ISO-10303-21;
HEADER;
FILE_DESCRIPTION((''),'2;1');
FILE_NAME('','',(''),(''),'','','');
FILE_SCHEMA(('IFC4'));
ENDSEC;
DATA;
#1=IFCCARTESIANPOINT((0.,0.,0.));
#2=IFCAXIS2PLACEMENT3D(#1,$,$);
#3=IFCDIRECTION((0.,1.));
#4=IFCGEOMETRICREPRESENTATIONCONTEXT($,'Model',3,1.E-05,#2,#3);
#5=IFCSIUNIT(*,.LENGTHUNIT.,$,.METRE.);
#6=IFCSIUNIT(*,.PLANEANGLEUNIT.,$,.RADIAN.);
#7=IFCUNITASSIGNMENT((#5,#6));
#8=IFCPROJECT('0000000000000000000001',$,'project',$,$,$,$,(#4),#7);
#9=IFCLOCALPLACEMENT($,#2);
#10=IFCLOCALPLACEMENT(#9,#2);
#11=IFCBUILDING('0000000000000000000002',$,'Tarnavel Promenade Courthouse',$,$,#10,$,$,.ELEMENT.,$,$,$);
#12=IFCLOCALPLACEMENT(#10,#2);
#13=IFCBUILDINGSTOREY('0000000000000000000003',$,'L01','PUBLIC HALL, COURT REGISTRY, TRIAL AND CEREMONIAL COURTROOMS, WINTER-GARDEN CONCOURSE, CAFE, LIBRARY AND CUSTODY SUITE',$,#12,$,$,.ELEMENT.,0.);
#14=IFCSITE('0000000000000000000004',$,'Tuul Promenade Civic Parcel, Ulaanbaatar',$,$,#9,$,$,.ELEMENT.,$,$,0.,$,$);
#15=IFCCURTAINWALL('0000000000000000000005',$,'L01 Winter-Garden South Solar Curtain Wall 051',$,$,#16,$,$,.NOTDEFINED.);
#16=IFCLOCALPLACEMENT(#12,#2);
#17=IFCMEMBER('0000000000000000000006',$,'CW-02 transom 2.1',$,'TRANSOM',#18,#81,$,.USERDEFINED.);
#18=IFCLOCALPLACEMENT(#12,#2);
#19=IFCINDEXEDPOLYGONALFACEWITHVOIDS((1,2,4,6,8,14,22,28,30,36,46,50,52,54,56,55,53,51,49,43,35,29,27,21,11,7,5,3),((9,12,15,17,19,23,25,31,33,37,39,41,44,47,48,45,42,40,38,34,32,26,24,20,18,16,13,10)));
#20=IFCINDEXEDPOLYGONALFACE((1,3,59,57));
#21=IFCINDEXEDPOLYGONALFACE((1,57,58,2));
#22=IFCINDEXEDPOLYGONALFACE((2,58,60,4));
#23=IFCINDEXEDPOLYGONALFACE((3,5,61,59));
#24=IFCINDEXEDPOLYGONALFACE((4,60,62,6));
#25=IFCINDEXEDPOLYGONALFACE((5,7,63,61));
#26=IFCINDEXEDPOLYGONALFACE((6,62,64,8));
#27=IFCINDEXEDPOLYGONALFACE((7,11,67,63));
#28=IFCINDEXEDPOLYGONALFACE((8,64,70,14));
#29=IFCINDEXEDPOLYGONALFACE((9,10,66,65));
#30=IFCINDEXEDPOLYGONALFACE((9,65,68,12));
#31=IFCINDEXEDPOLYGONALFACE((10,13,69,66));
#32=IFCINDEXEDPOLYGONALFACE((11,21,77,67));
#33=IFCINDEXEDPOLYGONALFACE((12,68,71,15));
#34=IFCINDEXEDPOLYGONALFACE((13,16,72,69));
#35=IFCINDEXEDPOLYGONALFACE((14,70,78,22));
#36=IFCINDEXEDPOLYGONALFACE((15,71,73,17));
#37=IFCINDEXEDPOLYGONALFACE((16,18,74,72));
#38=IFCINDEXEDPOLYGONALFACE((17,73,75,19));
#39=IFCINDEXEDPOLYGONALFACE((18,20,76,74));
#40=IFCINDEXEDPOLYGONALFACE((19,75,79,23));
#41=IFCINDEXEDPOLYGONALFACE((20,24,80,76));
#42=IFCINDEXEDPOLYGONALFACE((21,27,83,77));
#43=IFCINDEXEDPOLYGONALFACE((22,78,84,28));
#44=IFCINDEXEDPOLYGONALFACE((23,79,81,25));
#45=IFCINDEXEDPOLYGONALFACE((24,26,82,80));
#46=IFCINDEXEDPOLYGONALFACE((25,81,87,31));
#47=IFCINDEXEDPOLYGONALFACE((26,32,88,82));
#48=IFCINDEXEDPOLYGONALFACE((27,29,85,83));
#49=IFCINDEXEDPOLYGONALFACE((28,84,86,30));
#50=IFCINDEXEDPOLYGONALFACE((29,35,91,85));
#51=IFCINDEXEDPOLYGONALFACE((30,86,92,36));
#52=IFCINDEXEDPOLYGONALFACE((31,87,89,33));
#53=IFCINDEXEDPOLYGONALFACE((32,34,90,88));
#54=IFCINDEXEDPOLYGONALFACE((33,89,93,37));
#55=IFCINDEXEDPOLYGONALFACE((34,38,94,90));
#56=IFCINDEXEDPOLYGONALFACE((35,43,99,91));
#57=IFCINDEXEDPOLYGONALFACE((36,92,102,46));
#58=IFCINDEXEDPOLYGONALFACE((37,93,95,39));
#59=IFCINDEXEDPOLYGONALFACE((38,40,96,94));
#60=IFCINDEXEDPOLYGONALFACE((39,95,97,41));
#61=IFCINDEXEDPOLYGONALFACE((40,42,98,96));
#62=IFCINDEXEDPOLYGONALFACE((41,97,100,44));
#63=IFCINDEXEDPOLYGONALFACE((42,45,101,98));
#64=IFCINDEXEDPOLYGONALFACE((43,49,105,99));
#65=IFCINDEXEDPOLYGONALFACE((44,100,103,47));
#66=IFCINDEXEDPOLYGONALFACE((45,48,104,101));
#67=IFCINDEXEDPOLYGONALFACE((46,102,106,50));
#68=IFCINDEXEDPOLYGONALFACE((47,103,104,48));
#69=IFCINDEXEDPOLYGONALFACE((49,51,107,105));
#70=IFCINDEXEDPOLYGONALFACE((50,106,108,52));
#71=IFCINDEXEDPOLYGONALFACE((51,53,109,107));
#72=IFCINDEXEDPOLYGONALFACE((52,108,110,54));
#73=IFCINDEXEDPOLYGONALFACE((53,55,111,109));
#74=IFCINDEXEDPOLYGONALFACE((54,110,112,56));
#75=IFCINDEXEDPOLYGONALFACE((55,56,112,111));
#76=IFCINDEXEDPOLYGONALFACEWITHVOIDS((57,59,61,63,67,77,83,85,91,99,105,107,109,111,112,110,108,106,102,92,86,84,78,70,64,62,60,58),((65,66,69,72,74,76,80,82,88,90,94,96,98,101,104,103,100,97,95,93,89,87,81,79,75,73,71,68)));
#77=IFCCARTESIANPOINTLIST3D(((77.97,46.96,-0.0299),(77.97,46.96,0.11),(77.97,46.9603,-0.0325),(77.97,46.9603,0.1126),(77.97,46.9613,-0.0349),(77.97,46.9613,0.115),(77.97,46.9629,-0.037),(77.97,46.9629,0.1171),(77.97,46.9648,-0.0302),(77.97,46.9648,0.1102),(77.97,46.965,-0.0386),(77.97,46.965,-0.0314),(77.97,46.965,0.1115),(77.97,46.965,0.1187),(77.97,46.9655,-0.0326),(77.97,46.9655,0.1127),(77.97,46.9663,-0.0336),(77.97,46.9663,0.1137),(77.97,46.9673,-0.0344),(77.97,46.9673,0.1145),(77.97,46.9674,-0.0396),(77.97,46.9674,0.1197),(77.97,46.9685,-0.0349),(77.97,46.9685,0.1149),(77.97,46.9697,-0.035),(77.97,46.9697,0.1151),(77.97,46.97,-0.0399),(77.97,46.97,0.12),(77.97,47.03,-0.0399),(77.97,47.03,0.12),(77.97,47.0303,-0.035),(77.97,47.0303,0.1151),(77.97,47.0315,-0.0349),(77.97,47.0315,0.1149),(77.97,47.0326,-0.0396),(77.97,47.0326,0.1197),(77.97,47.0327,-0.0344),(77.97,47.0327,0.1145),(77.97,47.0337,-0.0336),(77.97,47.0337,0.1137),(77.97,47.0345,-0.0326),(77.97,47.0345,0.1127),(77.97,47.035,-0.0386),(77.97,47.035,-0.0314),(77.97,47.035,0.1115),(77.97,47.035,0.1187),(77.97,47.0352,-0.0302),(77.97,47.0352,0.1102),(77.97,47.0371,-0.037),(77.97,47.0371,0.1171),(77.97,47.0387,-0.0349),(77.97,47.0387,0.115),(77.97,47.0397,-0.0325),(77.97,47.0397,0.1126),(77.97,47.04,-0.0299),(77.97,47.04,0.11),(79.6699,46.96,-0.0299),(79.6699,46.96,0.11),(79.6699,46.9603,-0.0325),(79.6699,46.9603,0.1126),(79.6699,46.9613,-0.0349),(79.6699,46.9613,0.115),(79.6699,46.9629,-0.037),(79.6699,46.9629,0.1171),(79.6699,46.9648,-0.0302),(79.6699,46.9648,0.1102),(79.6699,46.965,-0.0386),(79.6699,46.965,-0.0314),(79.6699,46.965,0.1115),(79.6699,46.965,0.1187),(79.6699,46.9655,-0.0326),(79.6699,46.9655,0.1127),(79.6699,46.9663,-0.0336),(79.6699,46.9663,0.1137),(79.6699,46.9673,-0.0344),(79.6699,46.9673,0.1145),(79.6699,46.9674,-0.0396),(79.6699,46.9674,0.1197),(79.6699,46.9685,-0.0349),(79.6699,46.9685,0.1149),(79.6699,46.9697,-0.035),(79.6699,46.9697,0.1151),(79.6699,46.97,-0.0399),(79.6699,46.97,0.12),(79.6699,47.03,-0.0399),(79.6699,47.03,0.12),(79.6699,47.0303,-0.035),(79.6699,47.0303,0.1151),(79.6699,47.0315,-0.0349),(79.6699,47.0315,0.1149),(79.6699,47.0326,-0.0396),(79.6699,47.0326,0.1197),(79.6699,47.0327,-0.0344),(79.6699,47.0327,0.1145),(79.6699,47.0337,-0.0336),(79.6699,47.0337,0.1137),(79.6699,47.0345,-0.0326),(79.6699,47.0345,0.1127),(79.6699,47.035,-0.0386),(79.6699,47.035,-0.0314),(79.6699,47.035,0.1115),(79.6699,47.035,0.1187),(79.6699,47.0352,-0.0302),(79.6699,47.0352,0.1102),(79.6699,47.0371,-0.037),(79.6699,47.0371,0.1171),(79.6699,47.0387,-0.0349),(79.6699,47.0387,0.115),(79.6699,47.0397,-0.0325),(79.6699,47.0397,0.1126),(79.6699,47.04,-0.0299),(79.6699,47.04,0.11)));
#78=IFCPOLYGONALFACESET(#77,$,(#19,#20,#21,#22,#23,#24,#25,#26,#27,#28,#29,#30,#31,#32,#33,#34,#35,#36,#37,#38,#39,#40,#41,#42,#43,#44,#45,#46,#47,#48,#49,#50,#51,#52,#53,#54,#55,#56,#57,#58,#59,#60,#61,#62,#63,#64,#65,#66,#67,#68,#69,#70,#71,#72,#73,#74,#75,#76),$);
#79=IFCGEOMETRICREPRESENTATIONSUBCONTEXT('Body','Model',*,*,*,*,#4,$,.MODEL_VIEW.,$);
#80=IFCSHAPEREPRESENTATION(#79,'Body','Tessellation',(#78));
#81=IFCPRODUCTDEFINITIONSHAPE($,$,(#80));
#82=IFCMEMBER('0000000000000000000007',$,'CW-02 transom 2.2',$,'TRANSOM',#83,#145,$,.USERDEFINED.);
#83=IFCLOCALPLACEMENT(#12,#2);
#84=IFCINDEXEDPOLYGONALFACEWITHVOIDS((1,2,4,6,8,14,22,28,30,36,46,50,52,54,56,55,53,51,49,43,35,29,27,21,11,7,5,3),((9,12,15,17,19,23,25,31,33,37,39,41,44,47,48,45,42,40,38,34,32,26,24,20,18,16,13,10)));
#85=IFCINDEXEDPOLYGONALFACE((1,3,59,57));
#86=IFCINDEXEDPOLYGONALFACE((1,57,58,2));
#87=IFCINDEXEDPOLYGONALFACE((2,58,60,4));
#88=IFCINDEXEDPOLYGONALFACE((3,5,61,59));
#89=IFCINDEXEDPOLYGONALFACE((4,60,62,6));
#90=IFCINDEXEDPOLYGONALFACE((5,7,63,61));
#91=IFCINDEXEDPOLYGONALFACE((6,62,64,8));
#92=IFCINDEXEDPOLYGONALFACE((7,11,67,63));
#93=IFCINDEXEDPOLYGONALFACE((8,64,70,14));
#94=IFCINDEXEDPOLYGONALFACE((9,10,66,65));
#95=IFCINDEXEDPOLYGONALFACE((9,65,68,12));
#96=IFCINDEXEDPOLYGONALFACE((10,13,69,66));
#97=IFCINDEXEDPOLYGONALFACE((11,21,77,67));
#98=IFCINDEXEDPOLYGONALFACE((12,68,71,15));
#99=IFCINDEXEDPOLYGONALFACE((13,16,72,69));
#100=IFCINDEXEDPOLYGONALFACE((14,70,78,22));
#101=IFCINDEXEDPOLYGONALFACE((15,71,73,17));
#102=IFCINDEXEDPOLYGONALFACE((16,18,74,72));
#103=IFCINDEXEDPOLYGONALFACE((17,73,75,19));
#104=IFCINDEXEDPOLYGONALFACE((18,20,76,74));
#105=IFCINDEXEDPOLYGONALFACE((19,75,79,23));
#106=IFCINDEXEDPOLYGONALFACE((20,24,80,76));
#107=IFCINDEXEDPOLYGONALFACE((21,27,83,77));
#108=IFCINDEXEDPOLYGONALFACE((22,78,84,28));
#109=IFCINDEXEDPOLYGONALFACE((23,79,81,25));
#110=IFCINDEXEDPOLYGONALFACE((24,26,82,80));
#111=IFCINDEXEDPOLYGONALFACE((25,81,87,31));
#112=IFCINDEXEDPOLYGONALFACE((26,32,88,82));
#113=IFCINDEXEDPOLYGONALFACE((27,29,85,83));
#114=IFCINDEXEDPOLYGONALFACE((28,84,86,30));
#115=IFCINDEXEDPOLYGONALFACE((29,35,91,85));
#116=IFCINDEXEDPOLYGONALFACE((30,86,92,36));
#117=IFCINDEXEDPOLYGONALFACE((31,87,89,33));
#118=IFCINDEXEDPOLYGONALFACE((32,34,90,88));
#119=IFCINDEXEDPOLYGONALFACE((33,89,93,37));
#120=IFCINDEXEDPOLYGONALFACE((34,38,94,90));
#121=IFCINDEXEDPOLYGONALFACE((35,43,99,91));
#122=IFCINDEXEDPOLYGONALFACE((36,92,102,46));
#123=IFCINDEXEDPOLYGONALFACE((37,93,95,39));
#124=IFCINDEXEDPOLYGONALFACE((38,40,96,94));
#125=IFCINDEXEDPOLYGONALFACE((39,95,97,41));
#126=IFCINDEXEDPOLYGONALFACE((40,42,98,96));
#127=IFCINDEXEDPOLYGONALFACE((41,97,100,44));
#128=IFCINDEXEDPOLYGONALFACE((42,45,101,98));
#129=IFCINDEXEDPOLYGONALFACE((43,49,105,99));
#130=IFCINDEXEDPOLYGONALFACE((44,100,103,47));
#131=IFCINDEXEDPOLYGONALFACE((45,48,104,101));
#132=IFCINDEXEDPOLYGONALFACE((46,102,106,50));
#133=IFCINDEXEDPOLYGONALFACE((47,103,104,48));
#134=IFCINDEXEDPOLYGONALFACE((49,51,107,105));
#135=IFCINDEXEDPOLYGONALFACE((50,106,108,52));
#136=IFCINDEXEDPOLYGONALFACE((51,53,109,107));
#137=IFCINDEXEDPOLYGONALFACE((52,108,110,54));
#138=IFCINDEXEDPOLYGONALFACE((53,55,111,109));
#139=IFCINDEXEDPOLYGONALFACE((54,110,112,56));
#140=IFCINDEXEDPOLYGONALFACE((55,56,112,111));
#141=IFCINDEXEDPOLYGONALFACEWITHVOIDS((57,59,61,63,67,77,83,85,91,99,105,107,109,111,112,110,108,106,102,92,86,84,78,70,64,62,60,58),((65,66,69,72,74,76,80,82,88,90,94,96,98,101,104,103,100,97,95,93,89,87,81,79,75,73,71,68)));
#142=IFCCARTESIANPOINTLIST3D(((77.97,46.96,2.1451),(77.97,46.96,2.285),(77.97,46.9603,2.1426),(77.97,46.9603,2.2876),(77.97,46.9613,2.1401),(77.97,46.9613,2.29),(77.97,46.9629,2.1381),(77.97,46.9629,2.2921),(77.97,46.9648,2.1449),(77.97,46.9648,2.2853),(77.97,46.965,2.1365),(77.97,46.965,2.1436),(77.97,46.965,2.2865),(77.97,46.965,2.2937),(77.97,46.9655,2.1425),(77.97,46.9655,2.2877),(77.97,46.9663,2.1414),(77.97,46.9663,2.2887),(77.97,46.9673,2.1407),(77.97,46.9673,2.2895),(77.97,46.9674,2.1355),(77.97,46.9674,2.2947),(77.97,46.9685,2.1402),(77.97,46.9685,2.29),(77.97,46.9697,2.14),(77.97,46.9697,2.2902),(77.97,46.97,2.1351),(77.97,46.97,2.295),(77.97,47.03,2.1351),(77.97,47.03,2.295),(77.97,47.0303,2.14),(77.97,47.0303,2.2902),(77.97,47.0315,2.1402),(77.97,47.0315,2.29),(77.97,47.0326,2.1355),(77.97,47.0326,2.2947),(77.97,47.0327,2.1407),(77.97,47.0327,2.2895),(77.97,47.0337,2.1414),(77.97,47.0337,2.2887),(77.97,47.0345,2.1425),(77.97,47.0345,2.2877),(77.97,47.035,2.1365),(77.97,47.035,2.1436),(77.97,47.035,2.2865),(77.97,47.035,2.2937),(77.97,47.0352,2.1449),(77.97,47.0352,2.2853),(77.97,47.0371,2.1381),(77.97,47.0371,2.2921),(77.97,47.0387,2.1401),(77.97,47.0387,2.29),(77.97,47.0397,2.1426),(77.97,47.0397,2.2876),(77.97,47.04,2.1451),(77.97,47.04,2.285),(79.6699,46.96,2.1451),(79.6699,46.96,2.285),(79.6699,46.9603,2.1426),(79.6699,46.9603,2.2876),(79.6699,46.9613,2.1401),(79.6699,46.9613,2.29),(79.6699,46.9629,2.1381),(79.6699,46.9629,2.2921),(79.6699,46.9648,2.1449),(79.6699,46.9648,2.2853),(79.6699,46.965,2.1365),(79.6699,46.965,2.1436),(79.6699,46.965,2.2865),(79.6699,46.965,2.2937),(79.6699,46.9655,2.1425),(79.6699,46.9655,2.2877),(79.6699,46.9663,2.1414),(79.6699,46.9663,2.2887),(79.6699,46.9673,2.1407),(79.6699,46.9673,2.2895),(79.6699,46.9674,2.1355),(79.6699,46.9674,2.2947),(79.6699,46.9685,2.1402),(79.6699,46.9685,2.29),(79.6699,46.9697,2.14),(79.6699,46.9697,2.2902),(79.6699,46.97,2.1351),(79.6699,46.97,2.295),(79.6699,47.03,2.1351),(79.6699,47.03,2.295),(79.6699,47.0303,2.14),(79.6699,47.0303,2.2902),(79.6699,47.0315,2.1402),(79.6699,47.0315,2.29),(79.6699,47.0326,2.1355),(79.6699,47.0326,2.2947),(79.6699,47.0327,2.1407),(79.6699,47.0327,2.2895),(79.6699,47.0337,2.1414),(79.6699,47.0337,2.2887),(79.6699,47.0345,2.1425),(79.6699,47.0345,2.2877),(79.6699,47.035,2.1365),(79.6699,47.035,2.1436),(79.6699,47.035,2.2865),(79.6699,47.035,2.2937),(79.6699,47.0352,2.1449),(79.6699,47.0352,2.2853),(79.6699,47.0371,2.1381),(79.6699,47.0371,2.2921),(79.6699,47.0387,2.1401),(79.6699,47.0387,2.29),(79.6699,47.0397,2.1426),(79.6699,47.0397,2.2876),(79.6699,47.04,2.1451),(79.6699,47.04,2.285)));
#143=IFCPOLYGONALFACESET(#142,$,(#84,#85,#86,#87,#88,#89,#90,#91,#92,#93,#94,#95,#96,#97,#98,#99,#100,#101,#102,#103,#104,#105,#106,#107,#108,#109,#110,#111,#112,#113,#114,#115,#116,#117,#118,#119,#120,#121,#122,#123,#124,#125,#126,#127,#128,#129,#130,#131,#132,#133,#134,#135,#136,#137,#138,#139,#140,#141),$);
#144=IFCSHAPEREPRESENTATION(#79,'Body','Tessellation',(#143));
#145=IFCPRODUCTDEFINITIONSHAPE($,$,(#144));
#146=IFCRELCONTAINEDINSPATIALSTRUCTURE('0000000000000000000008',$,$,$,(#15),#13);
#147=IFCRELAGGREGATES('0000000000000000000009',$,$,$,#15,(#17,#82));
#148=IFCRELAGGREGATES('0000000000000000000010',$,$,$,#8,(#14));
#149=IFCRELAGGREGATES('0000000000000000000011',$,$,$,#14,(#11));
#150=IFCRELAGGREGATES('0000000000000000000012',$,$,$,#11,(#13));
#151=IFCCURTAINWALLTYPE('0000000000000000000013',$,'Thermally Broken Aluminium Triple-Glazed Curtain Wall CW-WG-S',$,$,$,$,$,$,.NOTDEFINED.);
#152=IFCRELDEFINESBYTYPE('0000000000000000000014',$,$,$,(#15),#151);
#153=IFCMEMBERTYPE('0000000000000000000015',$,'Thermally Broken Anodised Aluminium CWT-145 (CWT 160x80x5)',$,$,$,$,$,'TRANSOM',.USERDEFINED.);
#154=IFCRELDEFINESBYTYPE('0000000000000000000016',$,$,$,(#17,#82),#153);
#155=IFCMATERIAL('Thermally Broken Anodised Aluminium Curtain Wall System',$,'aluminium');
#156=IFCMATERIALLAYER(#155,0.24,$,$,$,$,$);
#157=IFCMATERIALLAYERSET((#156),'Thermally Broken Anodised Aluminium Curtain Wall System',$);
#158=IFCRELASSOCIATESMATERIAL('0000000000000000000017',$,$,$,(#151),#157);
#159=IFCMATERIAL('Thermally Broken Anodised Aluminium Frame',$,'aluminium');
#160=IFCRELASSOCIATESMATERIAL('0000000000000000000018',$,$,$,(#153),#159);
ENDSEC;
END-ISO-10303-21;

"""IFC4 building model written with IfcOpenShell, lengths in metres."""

from ifc_helpers import new_model, si_unit, direction, frame, origin, origin_2d, place, context, subcontext, project, spatial, hollow_rectangle, extrude, material, layer, layer_set, material_profile, profile_set, type_object, element, aggregate, save


model = new_model("IFC4")

# Units and contexts
model_context = context("Model", 3, precision=1e-05, world=origin(), true_north=direction((0.0, 1.0)))
body_context = subcontext(model_context, "Body", "Model", "MODEL_VIEW")
ifc_project = project(units=[si_unit("LENGTHUNIT", "METRE"), si_unit("PLANEANGLEUNIT", "RADIAN")], contexts=[model_context])

# Site, building, storey
site_placement = place(None, origin())
site = spatial("IfcSite", under=ifc_project, at=site_placement, Name="Tuul Promenade Civic Parcel, Ulaanbaatar", CompositionType="ELEMENT", RefElevation=0.0)
building_placement = place(site_placement, origin())
building = spatial("IfcBuilding", under=site, at=building_placement, Name="Tarnavel Promenade Courthouse", CompositionType="ELEMENT")
storey_placement = place(building_placement, origin())
storey = spatial("IfcBuildingStorey", under=building, at=storey_placement, Name="L01", Description="PUBLIC HALL, COURT REGISTRY, TRIAL AND CEREMONIAL COURTROOMS, WINTER-GARDEN CONCOURSE, CAFE, LIBRARY AND CUSTODY SUITE", CompositionType="ELEMENT", Elevation=0.0)

# Shared definitions
ifc_material_1 = material(Name="Thermally Broken Anodised Aluminium Curtain Wall System", Category="aluminium")
ifc_layer_1 = layer(ifc_material_1, 0.24)
ifc_layer_set_1 = layer_set([ifc_layer_1], Name="Thermally Broken Anodised Aluminium Curtain Wall System")
curtain_wall_type = type_object("IfcCurtainWallType", Name="Thermally Broken Aluminium Triple-Glazed Curtain Wall CW-WG-S", PredefinedType="NOTDEFINED", material=ifc_layer_set_1)
ifc_material_2 = material(Name="Thermally Broken Anodised Aluminium Frame", Category="aluminium")

# Curtain wall
curtain_wall_1_placement = place(storey_placement, origin())
curtain_wall_1 = element("IfcCurtainWall", 1, at=curtain_wall_1_placement, inside=storey, type_object=curtain_wall_type, Name="L01 Winter-Garden South Solar Curtain Wall 051", PredefinedType="NOTDEFINED")

# Members
ifc_material_profile_1 = material_profile(ifc_material_2, hollow_rectangle(XDim=0.0801, YDim=0.1599, WallThickness=0.0049, InnerFilletRadius=0.0049, OuterFilletRadius=0.01, at=origin_2d()), Name="CWT 160x80x5")
ifc_profile_set_1 = profile_set([ifc_material_profile_1], Name="Thermally Broken Anodised Aluminium Frame")
member_type_1 = type_object("IfcMemberType", Name="Thermally Broken Anodised Aluminium CWT-145 (CWT 160x80x5)", ElementType="TRANSOM", PredefinedType="USERDEFINED", material=ifc_profile_set_1)
member_1_placement = place(storey_placement, frame((77.97, 47.0, 0.04), z_axis=(1.0, 0.0, 0.0), x_axis=(0.0, 1.0, 0.0)))
member_1 = element("IfcMember", 2, at=member_1_placement, type_object=member_type_1, Name="CW-02 transom 2.1", ObjectType="TRANSOM", PredefinedType="USERDEFINED", context=body_context, shape_type="SweptSolid", body=[
    extrude(hollow_rectangle(XDim=0.0801, YDim=0.1599, WallThickness=0.0049, InnerFilletRadius=0.0049, OuterFilletRadius=0.01, at=origin_2d()), origin(), (0.0, 0.0, 1.0), 1.7),
])
member_2_placement = place(storey_placement, frame((77.97, 47.0, 2.2151), z_axis=(1.0, 0.0, 0.0), x_axis=(0.0, 1.0, 0.0)))
member_2 = element("IfcMember", 3, at=member_2_placement, type_object=member_type_1, Name="CW-02 transom 2.2", ObjectType="TRANSOM", PredefinedType="USERDEFINED", context=body_context, shape_type="SweptSolid", body=[
    extrude(hollow_rectangle(XDim=0.0801, YDim=0.1599, WallThickness=0.0049, InnerFilletRadius=0.0049, OuterFilletRadius=0.01, at=origin_2d()), origin(), (0.0, 0.0, 1.0), 1.7),
])

aggregate(curtain_wall_1, [member_1, member_2])

save(model, "model.ifc")
